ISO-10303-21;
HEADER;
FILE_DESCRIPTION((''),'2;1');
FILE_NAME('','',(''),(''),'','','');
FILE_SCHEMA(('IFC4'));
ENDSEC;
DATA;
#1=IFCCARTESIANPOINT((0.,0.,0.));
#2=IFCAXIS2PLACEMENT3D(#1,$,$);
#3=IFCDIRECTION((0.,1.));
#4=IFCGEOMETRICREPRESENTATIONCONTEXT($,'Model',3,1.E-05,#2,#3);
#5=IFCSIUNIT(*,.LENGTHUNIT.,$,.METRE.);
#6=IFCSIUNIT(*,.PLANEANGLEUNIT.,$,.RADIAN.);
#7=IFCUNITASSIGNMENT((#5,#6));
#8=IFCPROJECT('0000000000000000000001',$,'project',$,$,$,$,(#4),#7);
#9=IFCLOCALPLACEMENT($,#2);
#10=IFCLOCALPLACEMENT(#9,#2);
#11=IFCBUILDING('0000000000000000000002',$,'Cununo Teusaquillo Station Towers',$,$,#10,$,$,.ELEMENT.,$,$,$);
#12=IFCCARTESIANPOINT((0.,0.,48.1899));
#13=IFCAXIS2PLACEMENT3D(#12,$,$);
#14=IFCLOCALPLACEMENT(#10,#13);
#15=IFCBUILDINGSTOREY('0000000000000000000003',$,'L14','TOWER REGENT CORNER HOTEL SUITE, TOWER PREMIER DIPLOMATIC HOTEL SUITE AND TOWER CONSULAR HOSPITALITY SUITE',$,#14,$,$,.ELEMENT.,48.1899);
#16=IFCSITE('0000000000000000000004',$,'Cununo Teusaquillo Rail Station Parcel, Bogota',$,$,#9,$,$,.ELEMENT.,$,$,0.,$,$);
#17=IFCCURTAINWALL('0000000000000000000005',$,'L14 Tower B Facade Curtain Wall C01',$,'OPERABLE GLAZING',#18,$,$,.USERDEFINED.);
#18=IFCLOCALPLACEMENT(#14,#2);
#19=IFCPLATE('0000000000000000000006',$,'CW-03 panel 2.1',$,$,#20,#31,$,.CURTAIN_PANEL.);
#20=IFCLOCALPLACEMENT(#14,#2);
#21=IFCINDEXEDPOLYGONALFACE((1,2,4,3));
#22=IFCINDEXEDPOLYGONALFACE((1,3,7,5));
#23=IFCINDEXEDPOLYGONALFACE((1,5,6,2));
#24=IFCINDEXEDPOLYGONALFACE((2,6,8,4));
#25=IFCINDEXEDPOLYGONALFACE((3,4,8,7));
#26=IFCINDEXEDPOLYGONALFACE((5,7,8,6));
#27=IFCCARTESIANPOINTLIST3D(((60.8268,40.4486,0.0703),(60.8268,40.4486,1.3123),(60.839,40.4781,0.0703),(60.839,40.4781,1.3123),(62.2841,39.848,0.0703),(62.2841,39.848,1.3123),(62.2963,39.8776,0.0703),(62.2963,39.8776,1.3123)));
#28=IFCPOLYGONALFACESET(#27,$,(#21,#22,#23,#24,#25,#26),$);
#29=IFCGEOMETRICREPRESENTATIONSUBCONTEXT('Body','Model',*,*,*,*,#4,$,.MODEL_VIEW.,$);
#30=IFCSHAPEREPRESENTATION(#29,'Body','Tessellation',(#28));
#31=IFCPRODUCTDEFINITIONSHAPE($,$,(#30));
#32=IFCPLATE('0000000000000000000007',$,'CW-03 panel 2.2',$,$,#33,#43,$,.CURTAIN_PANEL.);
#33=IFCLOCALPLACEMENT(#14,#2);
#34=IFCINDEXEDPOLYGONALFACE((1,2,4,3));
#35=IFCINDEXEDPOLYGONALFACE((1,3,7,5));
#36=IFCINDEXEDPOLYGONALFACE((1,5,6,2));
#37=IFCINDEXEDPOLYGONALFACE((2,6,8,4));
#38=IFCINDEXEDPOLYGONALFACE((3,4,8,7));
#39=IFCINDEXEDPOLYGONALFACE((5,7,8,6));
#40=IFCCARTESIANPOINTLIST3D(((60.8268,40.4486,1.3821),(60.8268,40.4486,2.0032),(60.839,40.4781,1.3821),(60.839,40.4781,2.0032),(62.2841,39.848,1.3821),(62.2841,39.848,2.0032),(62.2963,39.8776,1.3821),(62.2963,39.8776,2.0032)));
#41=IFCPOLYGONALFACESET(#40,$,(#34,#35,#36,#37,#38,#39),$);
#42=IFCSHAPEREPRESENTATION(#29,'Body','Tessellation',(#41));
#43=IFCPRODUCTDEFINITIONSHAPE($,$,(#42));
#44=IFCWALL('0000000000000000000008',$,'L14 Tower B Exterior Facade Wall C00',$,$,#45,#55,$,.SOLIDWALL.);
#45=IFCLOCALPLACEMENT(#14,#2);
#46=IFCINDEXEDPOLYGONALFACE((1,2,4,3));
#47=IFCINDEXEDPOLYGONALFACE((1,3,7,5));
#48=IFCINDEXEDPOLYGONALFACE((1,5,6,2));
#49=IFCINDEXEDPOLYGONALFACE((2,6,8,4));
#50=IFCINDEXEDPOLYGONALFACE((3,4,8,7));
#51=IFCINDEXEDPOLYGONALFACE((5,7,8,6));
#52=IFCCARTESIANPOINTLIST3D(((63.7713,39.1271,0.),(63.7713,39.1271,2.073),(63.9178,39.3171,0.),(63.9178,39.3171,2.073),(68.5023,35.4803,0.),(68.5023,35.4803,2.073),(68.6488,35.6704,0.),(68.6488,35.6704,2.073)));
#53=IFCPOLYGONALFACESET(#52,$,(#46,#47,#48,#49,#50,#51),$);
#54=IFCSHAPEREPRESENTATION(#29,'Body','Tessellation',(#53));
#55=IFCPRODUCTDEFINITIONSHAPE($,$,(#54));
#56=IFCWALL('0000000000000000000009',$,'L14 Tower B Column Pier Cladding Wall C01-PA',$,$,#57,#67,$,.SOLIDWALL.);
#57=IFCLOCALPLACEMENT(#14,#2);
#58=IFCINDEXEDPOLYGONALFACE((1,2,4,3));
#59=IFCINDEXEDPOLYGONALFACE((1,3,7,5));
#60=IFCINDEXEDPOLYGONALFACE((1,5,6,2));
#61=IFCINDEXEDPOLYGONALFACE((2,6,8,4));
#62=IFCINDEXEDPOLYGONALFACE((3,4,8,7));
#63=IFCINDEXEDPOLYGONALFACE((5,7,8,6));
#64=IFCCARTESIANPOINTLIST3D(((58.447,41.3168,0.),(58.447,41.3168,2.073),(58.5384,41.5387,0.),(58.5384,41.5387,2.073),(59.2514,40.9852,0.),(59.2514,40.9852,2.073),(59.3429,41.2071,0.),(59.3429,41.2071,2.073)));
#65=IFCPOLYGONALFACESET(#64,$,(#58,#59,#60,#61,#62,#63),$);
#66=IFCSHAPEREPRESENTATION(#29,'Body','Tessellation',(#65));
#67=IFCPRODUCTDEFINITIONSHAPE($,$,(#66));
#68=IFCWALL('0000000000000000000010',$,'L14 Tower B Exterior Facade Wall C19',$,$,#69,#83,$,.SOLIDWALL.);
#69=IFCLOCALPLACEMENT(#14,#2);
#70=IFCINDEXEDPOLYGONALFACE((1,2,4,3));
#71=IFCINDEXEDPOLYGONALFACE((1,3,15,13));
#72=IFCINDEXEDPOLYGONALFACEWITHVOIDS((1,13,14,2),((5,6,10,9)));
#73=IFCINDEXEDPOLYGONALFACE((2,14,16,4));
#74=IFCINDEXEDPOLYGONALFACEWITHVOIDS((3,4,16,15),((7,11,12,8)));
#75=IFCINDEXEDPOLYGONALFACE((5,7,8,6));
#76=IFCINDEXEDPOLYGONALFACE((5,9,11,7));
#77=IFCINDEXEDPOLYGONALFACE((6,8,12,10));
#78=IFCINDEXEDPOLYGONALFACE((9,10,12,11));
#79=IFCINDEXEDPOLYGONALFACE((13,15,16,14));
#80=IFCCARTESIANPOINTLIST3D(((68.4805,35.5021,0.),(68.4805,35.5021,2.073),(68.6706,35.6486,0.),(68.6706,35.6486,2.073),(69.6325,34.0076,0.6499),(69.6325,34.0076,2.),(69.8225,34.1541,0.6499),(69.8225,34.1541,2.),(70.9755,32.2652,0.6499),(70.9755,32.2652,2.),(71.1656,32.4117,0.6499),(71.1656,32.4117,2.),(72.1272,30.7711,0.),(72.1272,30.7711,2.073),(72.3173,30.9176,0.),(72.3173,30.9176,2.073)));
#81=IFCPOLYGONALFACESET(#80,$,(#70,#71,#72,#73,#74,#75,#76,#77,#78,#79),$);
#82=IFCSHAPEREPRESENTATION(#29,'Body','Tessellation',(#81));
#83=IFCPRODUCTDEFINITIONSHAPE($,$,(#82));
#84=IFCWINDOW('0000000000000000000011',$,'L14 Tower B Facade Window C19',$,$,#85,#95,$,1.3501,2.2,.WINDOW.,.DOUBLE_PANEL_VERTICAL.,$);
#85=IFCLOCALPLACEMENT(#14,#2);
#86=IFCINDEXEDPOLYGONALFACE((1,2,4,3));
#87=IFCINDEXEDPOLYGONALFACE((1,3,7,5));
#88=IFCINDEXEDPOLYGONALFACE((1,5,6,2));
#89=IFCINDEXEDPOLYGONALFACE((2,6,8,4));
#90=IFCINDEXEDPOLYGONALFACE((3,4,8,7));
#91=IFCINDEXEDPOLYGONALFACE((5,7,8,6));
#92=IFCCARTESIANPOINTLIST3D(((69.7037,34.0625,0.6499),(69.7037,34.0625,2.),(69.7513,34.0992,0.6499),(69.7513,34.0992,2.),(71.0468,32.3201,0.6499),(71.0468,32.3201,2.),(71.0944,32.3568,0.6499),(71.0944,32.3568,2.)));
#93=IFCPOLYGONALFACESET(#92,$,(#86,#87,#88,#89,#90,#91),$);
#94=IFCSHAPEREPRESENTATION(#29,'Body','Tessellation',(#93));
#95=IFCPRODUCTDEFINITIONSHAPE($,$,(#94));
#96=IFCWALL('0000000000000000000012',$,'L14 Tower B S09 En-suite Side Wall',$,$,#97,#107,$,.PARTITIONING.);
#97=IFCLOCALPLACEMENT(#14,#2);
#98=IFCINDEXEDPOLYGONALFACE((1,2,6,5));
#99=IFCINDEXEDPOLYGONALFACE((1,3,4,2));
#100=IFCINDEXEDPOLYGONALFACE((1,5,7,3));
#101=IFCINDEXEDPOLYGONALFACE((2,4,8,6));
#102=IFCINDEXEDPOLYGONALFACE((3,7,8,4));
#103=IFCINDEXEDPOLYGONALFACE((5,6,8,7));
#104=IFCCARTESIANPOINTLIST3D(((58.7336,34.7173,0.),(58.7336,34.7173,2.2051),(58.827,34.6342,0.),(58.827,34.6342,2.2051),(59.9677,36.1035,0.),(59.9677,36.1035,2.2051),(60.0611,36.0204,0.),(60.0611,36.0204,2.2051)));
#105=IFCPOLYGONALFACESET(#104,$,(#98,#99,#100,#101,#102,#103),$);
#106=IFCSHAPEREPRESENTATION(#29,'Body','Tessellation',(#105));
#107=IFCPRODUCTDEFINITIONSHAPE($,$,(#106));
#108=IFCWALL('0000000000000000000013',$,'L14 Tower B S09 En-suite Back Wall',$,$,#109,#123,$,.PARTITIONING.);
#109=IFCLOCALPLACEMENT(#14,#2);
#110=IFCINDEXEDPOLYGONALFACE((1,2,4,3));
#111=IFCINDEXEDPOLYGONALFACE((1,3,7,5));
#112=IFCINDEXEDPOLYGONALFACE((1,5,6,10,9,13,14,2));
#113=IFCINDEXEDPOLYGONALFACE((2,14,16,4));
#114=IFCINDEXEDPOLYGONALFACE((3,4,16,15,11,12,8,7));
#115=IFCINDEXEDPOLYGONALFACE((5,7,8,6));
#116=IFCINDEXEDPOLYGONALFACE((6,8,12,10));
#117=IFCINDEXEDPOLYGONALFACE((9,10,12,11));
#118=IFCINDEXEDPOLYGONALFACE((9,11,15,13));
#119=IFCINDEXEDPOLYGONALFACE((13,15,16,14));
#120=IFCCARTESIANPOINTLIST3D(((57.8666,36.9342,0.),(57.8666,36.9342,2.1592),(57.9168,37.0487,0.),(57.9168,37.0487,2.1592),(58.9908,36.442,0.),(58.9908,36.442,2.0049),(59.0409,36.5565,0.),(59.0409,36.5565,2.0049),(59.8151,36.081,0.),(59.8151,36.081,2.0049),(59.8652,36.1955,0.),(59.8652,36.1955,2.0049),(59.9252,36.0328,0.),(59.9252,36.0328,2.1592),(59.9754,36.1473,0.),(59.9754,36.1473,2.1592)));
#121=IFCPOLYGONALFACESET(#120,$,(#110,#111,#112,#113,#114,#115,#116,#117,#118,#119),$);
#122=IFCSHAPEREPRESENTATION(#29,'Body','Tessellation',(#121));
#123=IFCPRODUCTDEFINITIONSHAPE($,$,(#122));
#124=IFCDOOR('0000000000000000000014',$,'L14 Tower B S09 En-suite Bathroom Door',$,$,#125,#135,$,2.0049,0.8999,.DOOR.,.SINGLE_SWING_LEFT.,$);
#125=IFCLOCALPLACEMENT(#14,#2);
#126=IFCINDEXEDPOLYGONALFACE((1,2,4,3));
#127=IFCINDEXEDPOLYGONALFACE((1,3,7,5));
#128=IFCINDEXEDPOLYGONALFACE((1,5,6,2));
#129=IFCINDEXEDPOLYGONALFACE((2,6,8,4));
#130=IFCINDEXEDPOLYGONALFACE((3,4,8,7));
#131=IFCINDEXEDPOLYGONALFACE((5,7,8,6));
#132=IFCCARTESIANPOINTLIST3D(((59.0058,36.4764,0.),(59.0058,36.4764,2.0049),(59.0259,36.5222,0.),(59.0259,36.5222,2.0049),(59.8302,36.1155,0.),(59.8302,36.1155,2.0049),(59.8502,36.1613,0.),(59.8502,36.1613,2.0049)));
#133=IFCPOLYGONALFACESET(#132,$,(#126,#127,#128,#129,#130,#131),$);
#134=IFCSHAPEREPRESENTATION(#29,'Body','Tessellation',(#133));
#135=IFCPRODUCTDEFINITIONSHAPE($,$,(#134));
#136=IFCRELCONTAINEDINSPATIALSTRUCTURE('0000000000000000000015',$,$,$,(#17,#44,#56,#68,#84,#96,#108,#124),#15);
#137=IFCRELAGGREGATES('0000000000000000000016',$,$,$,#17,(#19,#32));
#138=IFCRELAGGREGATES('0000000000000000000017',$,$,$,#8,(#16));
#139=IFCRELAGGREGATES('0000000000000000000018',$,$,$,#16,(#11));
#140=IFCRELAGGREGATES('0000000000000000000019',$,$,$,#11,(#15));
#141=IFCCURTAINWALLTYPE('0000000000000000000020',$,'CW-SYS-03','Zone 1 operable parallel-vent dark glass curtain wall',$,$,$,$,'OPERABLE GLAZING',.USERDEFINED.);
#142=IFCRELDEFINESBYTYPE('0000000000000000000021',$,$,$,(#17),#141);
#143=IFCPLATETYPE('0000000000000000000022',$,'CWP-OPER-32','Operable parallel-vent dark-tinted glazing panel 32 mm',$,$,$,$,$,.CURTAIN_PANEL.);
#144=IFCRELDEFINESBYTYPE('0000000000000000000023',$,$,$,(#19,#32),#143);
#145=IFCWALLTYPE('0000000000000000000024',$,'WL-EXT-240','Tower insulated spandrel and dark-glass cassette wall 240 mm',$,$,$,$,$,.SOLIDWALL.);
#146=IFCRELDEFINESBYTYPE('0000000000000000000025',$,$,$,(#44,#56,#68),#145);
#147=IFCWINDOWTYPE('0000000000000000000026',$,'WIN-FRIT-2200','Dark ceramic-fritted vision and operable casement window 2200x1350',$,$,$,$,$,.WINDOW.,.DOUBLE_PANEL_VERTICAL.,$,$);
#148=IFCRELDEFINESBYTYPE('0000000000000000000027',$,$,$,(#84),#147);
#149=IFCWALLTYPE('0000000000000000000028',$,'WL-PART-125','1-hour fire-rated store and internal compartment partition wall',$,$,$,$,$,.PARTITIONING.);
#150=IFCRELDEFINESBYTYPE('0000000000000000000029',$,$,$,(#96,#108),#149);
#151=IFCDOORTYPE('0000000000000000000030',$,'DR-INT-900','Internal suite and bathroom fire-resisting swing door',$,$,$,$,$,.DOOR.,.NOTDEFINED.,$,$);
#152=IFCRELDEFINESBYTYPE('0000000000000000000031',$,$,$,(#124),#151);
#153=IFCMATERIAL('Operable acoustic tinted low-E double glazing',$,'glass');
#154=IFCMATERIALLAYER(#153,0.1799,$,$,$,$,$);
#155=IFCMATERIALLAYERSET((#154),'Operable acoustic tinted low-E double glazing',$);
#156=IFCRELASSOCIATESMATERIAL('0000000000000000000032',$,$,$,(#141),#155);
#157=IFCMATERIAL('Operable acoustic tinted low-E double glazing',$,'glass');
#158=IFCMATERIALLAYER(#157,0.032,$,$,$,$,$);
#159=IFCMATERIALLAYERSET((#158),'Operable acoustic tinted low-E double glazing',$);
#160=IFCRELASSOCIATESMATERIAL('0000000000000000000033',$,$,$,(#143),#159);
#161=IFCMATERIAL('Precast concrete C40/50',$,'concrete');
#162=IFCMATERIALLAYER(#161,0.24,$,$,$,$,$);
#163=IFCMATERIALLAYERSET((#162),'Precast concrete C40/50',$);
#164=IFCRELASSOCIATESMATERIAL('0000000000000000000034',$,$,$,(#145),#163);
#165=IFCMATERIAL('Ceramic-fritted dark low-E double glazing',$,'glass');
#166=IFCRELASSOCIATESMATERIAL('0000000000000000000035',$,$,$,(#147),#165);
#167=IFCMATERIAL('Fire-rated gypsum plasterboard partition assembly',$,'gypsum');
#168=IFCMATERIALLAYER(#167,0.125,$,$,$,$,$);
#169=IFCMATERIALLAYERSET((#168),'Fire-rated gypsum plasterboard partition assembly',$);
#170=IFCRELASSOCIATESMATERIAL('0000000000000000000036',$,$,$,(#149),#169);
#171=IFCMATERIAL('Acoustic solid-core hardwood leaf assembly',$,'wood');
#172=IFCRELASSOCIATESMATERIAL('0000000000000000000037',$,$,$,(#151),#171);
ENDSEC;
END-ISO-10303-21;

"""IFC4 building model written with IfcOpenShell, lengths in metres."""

from ifc_helpers import new_model, si_unit, direction, frame, frame_2d, origin, origin_2d, place, context, subcontext, project, spatial, rectangle, extrude, source, transform, mapped, material, layer, layer_set, type_object, element, fill, aggregate, save


model = new_model("IFC4")

# Units and contexts
model_context = context("Model", 3, precision=1e-05, world=origin(), true_north=direction((0.0, 1.0)))
body_context = subcontext(model_context, "Body", "Model", "MODEL_VIEW")
ifc_project = project(units=[si_unit("LENGTHUNIT", "METRE"), si_unit("PLANEANGLEUNIT", "RADIAN")], contexts=[model_context])

# Site, building, storey
site_placement = place(None, origin())
site = spatial("IfcSite", under=ifc_project, at=site_placement, Name="Cununo Teusaquillo Rail Station Parcel, Bogota", CompositionType="ELEMENT", RefElevation=0.0)
building_placement = place(site_placement, origin())
building = spatial("IfcBuilding", under=site, at=building_placement, Name="Cununo Teusaquillo Station Towers", CompositionType="ELEMENT")
storey_placement = place(building_placement, frame((0.0, 0.0, 48.1899)))
storey = spatial("IfcBuildingStorey", under=building, at=storey_placement, Name="L14", Description="TOWER REGENT CORNER HOTEL SUITE, TOWER PREMIER DIPLOMATIC HOTEL SUITE AND TOWER CONSULAR HOSPITALITY SUITE", CompositionType="ELEMENT", Elevation=48.1899)

# Curtain wall
ifc_material_1 = material(Name="Operable acoustic tinted low-E double glazing", Category="glass")
ifc_layer_1 = layer(ifc_material_1, 0.1799)
ifc_layer_set_1 = layer_set([ifc_layer_1], Name="Operable acoustic tinted low-E double glazing")
curtain_wall_type = type_object("IfcCurtainWallType", Name="CW-SYS-03", Description="Zone 1 operable parallel-vent dark glass curtain wall", ElementType="OPERABLE GLAZING", PredefinedType="USERDEFINED", material=ifc_layer_set_1)
curtain_wall_placement = place(storey_placement, origin())
curtain_wall = element("IfcCurtainWall", 1, at=curtain_wall_placement, inside=storey, type_object=curtain_wall_type, Name="L14 Tower B Facade Curtain Wall C01", ObjectType="OPERABLE GLAZING", PredefinedType="USERDEFINED")

# Plates
ifc_material_2 = material(Name="Operable acoustic tinted low-E double glazing", Category="glass")
ifc_layer_2 = layer(ifc_material_2, 0.032)
ifc_layer_set_2 = layer_set([ifc_layer_2], Name="Operable acoustic tinted low-E double glazing")
plate_type_1 = type_object("IfcPlateType", Name="CWP-OPER-32", Description="Operable parallel-vent dark-tinted glazing panel 32 mm", PredefinedType="CURTAIN_PANEL", material=ifc_layer_set_2)
shared_shape_1 = source(origin(), body_context, "Body", "SweptSolid", [
    extrude(rectangle(XDim=1.5762, YDim=0.032, at=origin_2d()), origin(), (0.0, 0.0, 1.0), 1.2419),
])
plate_1_placement = place(storey_placement, frame((61.5615, 40.1631, 0.0703), z_axis=(0.0, 0.0, 1.0), x_axis=(0.924572, -0.381006, 0.0)))
plate_1 = element("IfcPlate", 2, at=plate_1_placement, type_object=plate_type_1, Name="CW-03 panel 2.1", PredefinedType="CURTAIN_PANEL", context=body_context, shape_type="MappedRepresentation", body=[
    mapped(shared_shape_1, transform((0.0, 0.0, 0.0), x_axis=(1.0, 0.0, 0.0), y_axis=(0.0, 1.0, 0.0), z_axis=(0.0, 0.0, 1.0), scale=1.0)),
])
shared_shape_2 = source(origin(), body_context, "Body", "SweptSolid", [
    extrude(rectangle(XDim=1.5762, YDim=0.032, at=origin_2d()), origin(), (0.0, 0.0, 1.0), 0.6211),
])
plate_2_placement = place(storey_placement, frame((61.5615, 40.1631, 1.3821), z_axis=(0.0, 0.0, 1.0), x_axis=(0.924572, -0.381006, 0.0)))
plate_2 = element("IfcPlate", 3, at=plate_2_placement, type_object=plate_type_1, Name="CW-03 panel 2.2", PredefinedType="CURTAIN_PANEL", context=body_context, shape_type="MappedRepresentation", body=[
    mapped(shared_shape_2, transform((0.0, 0.0, 0.0), x_axis=(1.0, 0.0, 0.0), y_axis=(0.0, 1.0, 0.0), z_axis=(0.0, 0.0, 1.0), scale=1.0)),
])
aggregate(curtain_wall, [plate_1, plate_2])

# Walls
ifc_material_3 = material(Name="Precast concrete C40/50", Category="concrete")
ifc_layer_3 = layer(ifc_material_3, 0.24)
ifc_layer_set_3 = layer_set([ifc_layer_3], Name="Precast concrete C40/50")
wall_type_1 = type_object("IfcWallType", Name="WL-EXT-240", Description="Tower insulated spandrel and dark-glass cassette wall 240 mm", PredefinedType="SOLIDWALL", material=ifc_layer_set_3)
wall_1_placement = place(storey_placement, frame((63.8445, 39.2222, 0.0), z_axis=(0.0, 0.0, 1.0), x_axis=(0.792014, -0.610503, 0.0)))
element("IfcWall", 4, at=wall_1_placement, inside=storey, type_object=wall_type_1, Name="L14 Tower B Exterior Facade Wall C00", PredefinedType="SOLIDWALL", context=body_context, shape_type="SweptSolid", body=[
    extrude(rectangle(XDim=5.9734, YDim=0.24, at=frame_2d((2.9868, 0.0))), origin(), (0.0, 0.0, 1.0), 2.073),
])
wall_2_placement = place(storey_placement, frame((58.4927, 41.4277, 0.0), z_axis=(0.0, 0.0, 1.0), x_axis=(0.924556, -0.381046, 0.0)))
element("IfcWall", 5, at=wall_2_placement, inside=storey, type_object=wall_type_1, Name="L14 Tower B Column Pier Cladding Wall C01-PA", PredefinedType="SOLIDWALL", context=body_context, shape_type="SweptSolid", body=[
    extrude(rectangle(XDim=0.8701, YDim=0.24, at=frame_2d((0.4351, 0.0))), origin(), (0.0, 0.0, 1.0), 2.073),
])

# Wall, opening, window
wall_3_placement = place(storey_placement, frame((68.5754, 35.5754, 0.0), z_axis=(0.0, 0.0, 1.0), x_axis=(0.610503, -0.792014, 0.0)))
wall_3 = element("IfcWall", 6, at=wall_3_placement, inside=storey, type_object=wall_type_1, Name="L14 Tower B Exterior Facade Wall C19", PredefinedType="SOLIDWALL", context=body_context, shape_type="SweptSolid", body=[
    extrude(rectangle(XDim=5.9734, YDim=0.24, at=frame_2d((2.9868, 0.0))), origin(), (0.0, 0.0, 1.0), 2.073),
])
shared_shape_3 = source(origin(), body_context, "Body", "SweptSolid", [
    extrude(rectangle(XDim=2.2, YDim=1.3501, at=frame_2d((1.1001, 0.675))), frame((0.0, 0.1299, 0.0), z_axis=(0.0, -1.0, 0.0), x_axis=(1.0, 0.0, 0.0)), (0.0, 0.0, 1.0), 0.26),
])
opening_1_placement = place(wall_3_placement, frame((1.887, 0.0, 0.6499)))
opening_1 = element("IfcOpeningElement", 7, at=opening_1_placement, cuts=wall_3, PredefinedType="OPENING", context=body_context, shape_type="MappedRepresentation", body=[
    mapped(shared_shape_3, transform((0.0, 0.0, 0.0), x_axis=(1.0, 0.0, 0.0), y_axis=(0.0, 1.0, 0.0), z_axis=(0.0, 0.0, 1.0), scale=1.0)),
])
ifc_material_4 = material(Name="Ceramic-fritted dark low-E double glazing", Category="glass")
window_type = type_object("IfcWindowType", Name="WIN-FRIT-2200", Description="Dark ceramic-fritted vision and operable casement window 2200x1350", PartitioningType="DOUBLE_PANEL_VERTICAL", PredefinedType="WINDOW", material=ifc_material_4)
shared_shape_4 = source(origin(), body_context, "Body", "SweptSolid", [
    extrude(rectangle(XDim=2.2, YDim=1.3501, at=frame_2d((1.1001, 0.675))), frame((0.0, 0.03, 0.0), z_axis=(0.0, -1.0, 0.0), x_axis=(1.0, 0.0, 0.0)), (0.0, 0.0, 1.0), 0.0601),
])
window_placement = place(opening_1_placement, origin())
window = element("IfcWindow", 8, at=window_placement, inside=storey, type_object=window_type, Name="L14 Tower B Facade Window C19", OverallHeight=1.3501, OverallWidth=2.2, PartitioningType="DOUBLE_PANEL_VERTICAL", PredefinedType="WINDOW", context=body_context, shape_type="MappedRepresentation", body=[
    mapped(shared_shape_4, transform((0.0, 0.0, 0.0), x_axis=(1.0, 0.0, 0.0), y_axis=(0.0, 1.0, 0.0), z_axis=(0.0, 0.0, 1.0), scale=1.0)),
])
fill(opening_1, window)

# Wall
ifc_material_5 = material(Name="Fire-rated gypsum plasterboard partition assembly", Category="gypsum")
ifc_layer_4 = layer(ifc_material_5, 0.125)
ifc_layer_set_4 = layer_set([ifc_layer_4], Name="Fire-rated gypsum plasterboard partition assembly")
wall_type_2 = type_object("IfcWallType", Name="WL-PART-125", Description="1-hour fire-rated store and internal compartment partition wall", PredefinedType="PARTITIONING", material=ifc_layer_set_4)
wall_4_placement = place(storey_placement, frame((58.7803, 34.6758, 0.0), z_axis=(0.0, 0.0, 1.0), x_axis=(0.664943, 0.746894, 0.0)))
element("IfcWall", 9, at=wall_4_placement, inside=storey, type_object=wall_type_2, Name="L14 Tower B S09 En-suite Side Wall", PredefinedType="PARTITIONING", context=body_context, shape_type="SweptSolid", body=[
    extrude(rectangle(XDim=1.856, YDim=0.125, at=frame_2d((0.928, 0.0))), origin(), (0.0, 0.0, 1.0), 2.2051),
])

# Wall, opening, door
wall_5_placement = place(storey_placement, frame((59.9502, 36.0901, 0.0), z_axis=(0.0, 0.0, 1.0), x_axis=(-0.916038, 0.401092, 0.0)))
wall_5 = element("IfcWall", 10, at=wall_5_placement, inside=storey, type_object=wall_type_2, Name="L14 Tower B S09 En-suite Back Wall", PredefinedType="PARTITIONING", context=body_context, shape_type="SweptSolid", body=[
    extrude(rectangle(XDim=2.2473, YDim=0.125, at=frame_2d((1.1235, 0.0))), origin(), (0.0, 0.0, 1.0), 2.1592),
])
shared_shape_5 = source(origin(), body_context, "Body", "SweptSolid", [
    extrude(rectangle(XDim=0.8999, YDim=2.0049, at=frame_2d((0.45, 1.0024))), frame((0.0, 0.0725, 0.0), z_axis=(0.0, -1.0, 0.0), x_axis=(1.0, 0.0, 0.0)), (0.0, 0.0, 1.0), 0.145),
])
opening_2_placement = place(wall_5_placement, frame((0.1201, 0.0, 0.0)))
opening_2 = element("IfcOpeningElement", 11, at=opening_2_placement, cuts=wall_5, PredefinedType="OPENING", context=body_context, shape_type="MappedRepresentation", body=[
    mapped(shared_shape_5, transform((0.0, 0.0, 0.0), x_axis=(1.0, 0.0, 0.0), y_axis=(0.0, 1.0, 0.0), z_axis=(0.0, 0.0, 1.0), scale=1.0)),
])
ifc_material_6 = material(Name="Acoustic solid-core hardwood leaf assembly", Category="wood")
door_type = type_object("IfcDoorType", Name="DR-INT-900", Description="Internal suite and bathroom fire-resisting swing door", OperationType="NOTDEFINED", PredefinedType="DOOR", material=ifc_material_6)
shared_shape_6 = source(origin(), body_context, "Body", "SweptSolid", [
    extrude(rectangle(XDim=0.8999, YDim=2.0049, at=frame_2d((0.45, 1.0024))), frame((0.0, 0.0249, 0.0), z_axis=(0.0, -1.0, 0.0), x_axis=(1.0, 0.0, 0.0)), (0.0, 0.0, 1.0), 0.05),
])
door_placement = place(opening_2_placement, origin())
door = element("IfcDoor", 12, at=door_placement, inside=storey, type_object=door_type, Name="L14 Tower B S09 En-suite Bathroom Door", OperationType="SINGLE_SWING_LEFT", OverallHeight=2.0049, OverallWidth=0.8999, PredefinedType="DOOR", context=body_context, shape_type="MappedRepresentation", body=[
    mapped(shared_shape_6, transform((0.0, 0.0, 0.0), x_axis=(1.0, 0.0, 0.0), y_axis=(0.0, 1.0, 0.0), z_axis=(0.0, 0.0, 1.0), scale=1.0)),
])
fill(opening_2, door)

save(model, "model.ifc")
